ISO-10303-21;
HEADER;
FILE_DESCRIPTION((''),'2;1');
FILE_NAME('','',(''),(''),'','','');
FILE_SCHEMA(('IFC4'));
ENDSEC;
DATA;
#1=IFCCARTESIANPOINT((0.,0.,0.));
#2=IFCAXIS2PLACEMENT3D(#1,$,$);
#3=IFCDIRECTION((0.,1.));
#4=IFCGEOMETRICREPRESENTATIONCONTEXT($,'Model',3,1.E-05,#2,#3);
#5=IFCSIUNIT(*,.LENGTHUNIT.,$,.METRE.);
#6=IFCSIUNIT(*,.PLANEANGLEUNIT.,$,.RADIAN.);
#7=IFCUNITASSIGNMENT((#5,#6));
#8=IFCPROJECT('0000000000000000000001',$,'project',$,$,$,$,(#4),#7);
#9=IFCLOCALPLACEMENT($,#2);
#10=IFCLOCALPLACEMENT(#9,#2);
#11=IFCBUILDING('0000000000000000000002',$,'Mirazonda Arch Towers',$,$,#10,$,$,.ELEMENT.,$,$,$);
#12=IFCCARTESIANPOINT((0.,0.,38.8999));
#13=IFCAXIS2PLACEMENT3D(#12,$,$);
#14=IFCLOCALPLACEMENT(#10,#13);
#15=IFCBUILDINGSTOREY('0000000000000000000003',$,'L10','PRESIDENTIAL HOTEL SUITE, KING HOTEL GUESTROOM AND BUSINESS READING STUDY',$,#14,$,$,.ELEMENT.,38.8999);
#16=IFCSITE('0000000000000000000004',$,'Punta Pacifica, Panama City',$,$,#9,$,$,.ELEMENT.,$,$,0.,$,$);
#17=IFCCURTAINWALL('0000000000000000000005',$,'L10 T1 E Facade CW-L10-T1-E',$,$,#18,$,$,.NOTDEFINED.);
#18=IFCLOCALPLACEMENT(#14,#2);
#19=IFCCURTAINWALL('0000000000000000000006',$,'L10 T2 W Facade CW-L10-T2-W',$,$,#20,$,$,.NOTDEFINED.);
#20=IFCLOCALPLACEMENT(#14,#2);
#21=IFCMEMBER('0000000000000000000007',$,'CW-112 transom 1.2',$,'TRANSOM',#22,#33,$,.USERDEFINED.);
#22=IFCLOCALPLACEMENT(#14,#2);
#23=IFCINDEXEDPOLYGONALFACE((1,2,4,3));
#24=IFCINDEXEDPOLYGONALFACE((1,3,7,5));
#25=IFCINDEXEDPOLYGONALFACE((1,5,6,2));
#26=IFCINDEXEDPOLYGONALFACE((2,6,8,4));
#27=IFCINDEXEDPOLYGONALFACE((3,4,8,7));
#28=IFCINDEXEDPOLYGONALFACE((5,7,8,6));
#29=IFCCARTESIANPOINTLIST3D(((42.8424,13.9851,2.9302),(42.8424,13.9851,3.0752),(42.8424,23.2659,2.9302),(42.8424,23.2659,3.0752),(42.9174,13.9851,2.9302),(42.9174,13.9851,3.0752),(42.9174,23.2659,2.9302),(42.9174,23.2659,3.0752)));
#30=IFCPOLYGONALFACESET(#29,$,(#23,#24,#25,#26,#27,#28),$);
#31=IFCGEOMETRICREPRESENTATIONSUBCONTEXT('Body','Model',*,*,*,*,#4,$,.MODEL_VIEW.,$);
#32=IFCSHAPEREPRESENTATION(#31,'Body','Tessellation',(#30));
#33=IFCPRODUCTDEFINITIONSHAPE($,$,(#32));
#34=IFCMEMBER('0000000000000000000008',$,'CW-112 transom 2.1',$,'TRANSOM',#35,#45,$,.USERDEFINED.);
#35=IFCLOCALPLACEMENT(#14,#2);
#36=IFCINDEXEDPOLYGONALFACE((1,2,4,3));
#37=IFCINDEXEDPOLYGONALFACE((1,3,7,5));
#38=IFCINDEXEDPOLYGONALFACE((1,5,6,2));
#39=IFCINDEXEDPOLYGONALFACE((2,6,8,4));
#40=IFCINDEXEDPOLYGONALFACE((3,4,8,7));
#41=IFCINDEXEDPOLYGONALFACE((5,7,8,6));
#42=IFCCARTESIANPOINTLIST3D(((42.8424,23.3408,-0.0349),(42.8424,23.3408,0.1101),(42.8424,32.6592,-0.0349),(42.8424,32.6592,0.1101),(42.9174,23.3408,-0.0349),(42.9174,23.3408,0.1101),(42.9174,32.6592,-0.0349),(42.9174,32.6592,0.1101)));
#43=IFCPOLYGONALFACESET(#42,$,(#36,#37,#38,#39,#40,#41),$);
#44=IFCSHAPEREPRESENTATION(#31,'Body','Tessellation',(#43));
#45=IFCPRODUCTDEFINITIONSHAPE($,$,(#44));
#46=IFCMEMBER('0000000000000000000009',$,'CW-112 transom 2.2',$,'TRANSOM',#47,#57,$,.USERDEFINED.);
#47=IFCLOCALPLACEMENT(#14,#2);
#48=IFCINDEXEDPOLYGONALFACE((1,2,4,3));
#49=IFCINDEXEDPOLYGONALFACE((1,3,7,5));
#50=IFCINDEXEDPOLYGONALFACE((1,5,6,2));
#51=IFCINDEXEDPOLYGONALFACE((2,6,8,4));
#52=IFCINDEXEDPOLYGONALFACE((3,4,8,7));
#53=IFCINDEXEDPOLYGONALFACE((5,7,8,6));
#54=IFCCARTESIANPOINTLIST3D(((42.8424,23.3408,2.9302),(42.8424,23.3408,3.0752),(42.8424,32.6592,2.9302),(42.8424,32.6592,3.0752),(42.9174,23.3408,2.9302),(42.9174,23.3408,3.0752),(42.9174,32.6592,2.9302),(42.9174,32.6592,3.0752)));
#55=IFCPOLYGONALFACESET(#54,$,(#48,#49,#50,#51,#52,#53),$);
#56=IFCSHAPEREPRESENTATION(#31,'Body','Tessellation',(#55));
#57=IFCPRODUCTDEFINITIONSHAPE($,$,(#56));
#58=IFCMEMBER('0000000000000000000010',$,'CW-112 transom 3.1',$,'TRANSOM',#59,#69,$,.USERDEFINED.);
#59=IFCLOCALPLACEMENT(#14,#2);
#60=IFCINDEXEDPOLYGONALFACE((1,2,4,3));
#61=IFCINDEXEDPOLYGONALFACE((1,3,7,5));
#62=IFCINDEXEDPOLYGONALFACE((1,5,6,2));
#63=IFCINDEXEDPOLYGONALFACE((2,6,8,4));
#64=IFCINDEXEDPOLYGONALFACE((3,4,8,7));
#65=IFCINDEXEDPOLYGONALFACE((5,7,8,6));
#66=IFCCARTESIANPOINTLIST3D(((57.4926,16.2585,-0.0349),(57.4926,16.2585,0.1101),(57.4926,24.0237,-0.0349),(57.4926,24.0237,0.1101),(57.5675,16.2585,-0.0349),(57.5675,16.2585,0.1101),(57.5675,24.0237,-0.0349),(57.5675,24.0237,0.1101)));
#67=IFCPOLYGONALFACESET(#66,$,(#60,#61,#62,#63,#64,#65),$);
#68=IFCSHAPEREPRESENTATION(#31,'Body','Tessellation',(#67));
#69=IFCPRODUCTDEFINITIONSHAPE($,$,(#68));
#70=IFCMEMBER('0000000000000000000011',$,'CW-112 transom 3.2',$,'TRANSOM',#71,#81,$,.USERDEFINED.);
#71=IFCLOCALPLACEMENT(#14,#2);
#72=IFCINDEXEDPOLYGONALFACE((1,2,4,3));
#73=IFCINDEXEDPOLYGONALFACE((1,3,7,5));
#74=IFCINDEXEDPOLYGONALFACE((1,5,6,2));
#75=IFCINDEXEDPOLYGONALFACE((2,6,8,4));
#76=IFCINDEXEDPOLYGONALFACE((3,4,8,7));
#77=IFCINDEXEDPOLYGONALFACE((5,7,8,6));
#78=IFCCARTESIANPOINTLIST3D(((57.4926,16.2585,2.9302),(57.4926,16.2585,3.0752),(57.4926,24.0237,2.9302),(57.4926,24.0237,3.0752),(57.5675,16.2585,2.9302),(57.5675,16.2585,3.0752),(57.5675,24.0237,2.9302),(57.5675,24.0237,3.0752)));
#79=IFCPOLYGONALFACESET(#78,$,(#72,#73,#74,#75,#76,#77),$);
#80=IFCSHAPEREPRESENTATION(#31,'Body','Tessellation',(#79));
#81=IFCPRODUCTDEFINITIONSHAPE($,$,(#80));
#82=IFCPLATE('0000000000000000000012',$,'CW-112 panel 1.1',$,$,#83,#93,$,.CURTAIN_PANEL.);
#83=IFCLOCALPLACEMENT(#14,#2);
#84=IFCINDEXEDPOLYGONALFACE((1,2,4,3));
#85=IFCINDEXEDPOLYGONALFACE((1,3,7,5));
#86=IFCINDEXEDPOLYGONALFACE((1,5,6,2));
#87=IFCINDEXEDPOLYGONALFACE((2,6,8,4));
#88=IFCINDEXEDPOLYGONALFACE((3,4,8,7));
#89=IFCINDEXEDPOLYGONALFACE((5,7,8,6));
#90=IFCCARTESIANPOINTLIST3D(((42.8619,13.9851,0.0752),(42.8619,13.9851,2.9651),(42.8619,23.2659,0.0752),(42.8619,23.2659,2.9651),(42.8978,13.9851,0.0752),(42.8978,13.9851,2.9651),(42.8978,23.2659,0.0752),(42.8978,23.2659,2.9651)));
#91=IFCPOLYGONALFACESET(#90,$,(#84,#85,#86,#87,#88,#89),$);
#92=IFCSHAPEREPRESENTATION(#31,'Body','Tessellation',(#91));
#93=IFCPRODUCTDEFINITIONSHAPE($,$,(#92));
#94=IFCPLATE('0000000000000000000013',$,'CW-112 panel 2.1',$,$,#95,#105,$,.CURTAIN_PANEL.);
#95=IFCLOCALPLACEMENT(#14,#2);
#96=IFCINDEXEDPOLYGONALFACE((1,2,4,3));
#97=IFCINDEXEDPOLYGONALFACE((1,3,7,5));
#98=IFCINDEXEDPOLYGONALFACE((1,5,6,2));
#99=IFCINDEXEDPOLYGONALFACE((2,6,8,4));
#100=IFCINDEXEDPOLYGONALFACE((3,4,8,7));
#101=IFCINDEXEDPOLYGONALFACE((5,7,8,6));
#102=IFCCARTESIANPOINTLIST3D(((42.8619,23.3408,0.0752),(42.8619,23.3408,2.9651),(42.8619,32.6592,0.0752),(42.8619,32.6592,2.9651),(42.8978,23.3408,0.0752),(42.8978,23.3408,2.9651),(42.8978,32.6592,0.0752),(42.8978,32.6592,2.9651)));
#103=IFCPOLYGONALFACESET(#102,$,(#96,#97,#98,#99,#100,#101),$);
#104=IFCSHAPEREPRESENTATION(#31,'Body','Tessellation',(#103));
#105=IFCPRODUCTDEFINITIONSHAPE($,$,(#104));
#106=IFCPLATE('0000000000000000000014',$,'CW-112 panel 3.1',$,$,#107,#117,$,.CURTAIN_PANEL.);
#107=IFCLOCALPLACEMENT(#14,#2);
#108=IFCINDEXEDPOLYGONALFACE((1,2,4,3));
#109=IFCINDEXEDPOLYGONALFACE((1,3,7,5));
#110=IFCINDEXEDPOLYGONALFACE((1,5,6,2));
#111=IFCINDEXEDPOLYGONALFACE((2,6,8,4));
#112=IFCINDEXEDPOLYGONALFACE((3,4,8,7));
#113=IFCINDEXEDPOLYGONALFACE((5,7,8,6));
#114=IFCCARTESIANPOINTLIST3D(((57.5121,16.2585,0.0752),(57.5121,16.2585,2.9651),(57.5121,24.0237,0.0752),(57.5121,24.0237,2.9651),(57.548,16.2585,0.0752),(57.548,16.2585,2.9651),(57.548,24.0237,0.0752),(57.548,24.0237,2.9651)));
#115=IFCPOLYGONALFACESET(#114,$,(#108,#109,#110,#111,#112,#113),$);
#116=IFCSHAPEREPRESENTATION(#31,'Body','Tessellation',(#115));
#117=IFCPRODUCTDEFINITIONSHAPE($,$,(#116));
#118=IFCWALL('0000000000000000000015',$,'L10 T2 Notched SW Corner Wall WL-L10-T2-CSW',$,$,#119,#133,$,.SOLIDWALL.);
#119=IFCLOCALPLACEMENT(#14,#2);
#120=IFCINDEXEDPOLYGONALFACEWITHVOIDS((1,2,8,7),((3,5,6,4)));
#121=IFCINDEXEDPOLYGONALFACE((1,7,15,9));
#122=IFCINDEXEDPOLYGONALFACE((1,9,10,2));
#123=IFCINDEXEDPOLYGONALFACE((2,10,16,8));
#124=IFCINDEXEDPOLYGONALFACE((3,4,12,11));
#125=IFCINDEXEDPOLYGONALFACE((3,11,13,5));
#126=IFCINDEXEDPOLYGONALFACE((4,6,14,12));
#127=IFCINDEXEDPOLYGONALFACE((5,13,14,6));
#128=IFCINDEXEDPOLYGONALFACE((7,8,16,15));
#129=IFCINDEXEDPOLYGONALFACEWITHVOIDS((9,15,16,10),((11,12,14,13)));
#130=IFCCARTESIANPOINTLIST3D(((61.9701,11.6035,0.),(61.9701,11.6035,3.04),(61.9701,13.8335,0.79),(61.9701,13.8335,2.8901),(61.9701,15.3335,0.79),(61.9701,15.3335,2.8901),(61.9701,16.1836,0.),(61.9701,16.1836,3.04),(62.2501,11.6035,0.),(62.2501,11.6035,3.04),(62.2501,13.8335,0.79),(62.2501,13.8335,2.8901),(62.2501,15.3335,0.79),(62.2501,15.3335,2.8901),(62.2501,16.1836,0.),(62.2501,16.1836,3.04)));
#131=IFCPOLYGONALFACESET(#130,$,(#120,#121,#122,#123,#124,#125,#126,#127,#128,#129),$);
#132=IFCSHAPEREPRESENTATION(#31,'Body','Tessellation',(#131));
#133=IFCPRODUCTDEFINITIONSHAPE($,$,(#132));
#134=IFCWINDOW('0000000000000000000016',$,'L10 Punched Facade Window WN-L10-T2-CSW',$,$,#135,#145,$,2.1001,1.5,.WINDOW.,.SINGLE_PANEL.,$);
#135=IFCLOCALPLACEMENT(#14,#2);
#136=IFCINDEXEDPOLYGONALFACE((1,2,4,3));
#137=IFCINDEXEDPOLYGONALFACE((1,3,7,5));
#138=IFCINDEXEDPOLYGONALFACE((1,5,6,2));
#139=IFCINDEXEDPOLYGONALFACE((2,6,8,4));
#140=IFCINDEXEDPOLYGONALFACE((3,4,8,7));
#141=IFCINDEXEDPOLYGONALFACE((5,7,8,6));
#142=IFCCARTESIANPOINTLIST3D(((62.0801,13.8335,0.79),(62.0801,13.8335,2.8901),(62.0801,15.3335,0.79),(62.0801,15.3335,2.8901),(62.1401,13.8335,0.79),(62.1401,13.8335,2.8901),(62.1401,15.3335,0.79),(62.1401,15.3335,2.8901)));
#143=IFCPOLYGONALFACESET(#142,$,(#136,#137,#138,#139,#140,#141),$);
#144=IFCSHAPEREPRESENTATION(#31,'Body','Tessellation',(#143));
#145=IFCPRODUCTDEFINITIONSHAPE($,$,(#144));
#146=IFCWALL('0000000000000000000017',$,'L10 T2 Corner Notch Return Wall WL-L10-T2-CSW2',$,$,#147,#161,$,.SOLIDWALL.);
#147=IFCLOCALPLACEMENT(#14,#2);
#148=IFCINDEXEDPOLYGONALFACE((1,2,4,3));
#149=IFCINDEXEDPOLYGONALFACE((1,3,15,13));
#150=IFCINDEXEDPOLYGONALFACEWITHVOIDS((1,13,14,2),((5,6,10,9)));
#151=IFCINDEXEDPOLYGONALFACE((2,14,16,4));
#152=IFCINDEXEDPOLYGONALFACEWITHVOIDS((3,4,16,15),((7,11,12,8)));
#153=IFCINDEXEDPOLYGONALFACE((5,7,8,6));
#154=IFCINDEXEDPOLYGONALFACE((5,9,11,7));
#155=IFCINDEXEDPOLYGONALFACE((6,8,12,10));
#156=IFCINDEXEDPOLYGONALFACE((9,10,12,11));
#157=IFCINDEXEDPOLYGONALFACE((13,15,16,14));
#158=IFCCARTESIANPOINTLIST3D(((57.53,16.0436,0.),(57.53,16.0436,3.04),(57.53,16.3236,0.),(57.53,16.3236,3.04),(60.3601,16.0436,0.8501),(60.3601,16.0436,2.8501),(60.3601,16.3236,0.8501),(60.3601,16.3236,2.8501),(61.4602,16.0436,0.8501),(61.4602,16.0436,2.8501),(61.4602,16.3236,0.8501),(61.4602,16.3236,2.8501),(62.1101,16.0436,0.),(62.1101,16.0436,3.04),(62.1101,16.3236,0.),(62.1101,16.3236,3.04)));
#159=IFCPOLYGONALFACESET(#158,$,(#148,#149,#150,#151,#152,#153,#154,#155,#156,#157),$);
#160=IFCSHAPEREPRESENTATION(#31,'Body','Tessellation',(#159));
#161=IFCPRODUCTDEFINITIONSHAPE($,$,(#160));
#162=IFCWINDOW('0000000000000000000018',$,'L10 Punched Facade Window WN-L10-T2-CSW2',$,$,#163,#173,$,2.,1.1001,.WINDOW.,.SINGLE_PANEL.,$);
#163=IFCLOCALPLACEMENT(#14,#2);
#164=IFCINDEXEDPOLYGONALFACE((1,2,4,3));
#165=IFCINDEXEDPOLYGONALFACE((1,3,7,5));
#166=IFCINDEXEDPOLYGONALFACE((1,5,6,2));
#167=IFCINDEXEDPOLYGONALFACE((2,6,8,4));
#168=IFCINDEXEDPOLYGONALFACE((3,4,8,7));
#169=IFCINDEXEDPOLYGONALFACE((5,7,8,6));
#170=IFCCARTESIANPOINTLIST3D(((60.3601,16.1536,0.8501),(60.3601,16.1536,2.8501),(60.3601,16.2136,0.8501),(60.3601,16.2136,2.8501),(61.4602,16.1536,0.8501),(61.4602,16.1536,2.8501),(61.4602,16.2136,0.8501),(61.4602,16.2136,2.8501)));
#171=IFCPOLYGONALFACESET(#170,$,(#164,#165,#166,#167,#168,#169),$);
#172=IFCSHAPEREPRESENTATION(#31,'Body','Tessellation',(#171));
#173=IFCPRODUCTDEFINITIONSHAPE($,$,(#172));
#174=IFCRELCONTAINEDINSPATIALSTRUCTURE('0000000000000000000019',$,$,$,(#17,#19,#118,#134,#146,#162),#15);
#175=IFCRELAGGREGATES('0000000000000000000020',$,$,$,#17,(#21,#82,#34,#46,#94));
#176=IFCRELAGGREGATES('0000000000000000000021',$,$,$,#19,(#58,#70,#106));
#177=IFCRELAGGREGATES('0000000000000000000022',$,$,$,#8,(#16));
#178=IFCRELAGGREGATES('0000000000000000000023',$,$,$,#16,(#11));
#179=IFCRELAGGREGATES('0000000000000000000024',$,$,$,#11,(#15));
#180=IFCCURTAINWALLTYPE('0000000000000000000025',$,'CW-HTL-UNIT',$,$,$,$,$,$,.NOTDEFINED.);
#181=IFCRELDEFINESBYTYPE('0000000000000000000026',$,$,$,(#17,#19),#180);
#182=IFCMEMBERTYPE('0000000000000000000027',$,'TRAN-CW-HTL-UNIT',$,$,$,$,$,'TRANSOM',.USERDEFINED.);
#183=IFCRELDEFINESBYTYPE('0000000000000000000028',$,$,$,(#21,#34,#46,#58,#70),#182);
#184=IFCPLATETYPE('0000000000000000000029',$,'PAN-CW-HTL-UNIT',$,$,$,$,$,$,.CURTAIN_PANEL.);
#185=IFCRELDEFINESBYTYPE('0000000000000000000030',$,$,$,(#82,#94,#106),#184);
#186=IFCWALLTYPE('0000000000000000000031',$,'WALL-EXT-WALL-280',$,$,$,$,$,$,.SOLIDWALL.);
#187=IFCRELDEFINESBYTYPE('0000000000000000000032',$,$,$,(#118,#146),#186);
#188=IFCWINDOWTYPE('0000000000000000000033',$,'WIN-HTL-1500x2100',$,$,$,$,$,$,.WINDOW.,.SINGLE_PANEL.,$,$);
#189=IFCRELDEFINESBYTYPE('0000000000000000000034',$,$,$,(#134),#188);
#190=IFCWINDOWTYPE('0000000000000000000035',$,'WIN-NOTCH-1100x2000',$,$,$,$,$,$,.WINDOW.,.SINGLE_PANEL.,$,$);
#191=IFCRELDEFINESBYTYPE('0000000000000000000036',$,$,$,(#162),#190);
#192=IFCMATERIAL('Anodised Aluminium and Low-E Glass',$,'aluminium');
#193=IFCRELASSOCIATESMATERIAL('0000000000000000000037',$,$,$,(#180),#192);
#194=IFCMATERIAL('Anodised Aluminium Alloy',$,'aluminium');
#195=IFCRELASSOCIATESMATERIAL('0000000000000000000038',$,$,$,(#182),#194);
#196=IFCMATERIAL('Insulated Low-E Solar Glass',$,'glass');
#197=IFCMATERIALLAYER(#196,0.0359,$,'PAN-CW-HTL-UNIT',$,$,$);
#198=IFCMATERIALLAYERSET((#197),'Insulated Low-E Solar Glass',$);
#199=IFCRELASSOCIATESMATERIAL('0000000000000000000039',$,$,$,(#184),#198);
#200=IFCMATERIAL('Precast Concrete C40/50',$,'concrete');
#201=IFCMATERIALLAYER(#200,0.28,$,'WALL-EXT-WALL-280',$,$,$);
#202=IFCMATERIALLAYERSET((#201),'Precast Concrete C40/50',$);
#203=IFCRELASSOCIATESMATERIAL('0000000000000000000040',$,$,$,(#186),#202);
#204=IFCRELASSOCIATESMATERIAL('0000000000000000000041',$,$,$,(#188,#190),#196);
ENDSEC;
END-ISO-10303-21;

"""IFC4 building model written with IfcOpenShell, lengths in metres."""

from ifc_helpers import new_model, si_unit, direction, frame, frame_2d, origin, origin_2d, place, context, subcontext, project, spatial, rectangle, extrude, material, layer, layer_set, material_profile, profile_set, type_object, element, fill, aggregate, save


model = new_model("IFC4")

# Units and contexts
model_context = context("Model", 3, precision=1e-05, world=origin(), true_north=direction((0.0, 1.0)))
body_context = subcontext(model_context, "Body", "Model", "MODEL_VIEW")
ifc_project = project(units=[si_unit("LENGTHUNIT", "METRE"), si_unit("PLANEANGLEUNIT", "RADIAN")], contexts=[model_context])

# Site, building, storey
site_placement = place(None, origin())
site = spatial("IfcSite", under=ifc_project, at=site_placement, Name="Punta Pacifica, Panama City", CompositionType="ELEMENT", RefElevation=0.0)
building_placement = place(site_placement, origin())
building = spatial("IfcBuilding", under=site, at=building_placement, Name="Mirazonda Arch Towers", CompositionType="ELEMENT")
storey_placement = place(building_placement, frame((0.0, 0.0, 38.8999)))
storey = spatial("IfcBuildingStorey", under=building, at=storey_placement, Name="L10", Description="PRESIDENTIAL HOTEL SUITE, KING HOTEL GUESTROOM AND BUSINESS READING STUDY", CompositionType="ELEMENT", Elevation=38.8999)

# Curtain wall
ifc_material_1 = material(Name="Anodised Aluminium and Low-E Glass", Category="aluminium")
curtain_wall_type = type_object("IfcCurtainWallType", Name="CW-HTL-UNIT", PredefinedType="NOTDEFINED", material=ifc_material_1)
curtain_wall_1_placement = place(storey_placement, origin())
curtain_wall_1 = element("IfcCurtainWall", 1, at=curtain_wall_1_placement, inside=storey, type_object=curtain_wall_type, Name="L10 T1 E Facade CW-L10-T1-E", PredefinedType="NOTDEFINED")
ifc_material_2 = material(Name="Anodised Aluminium Alloy", Category="aluminium")

# Curtain wall
curtain_wall_2_placement = place(storey_placement, origin())
curtain_wall_2 = element("IfcCurtainWall", 2, at=curtain_wall_2_placement, inside=storey, type_object=curtain_wall_type, Name="L10 T2 W Facade CW-L10-T2-W", PredefinedType="NOTDEFINED")

# Members
ifc_material_profile_1 = material_profile(ifc_material_2, rectangle(XDim=0.075, YDim=0.145, at=origin_2d()), Name="ALU-TRAN-75x145")
ifc_profile_set_1 = profile_set([ifc_material_profile_1], Name="Anodised Aluminium Alloy")
member_type_1 = type_object("IfcMemberType", Name="TRAN-CW-HTL-UNIT", ElementType="TRANSOM", PredefinedType="USERDEFINED", material=ifc_profile_set_1)
member_1_placement = place(storey_placement, frame((42.8799, 13.9851, 3.0027), z_axis=(0.0, 1.0, 0.0), x_axis=(-1.0, 0.0, 0.0)))
member_1 = element("IfcMember", 3, at=member_1_placement, type_object=member_type_1, Name="CW-112 transom 1.2", ObjectType="TRANSOM", PredefinedType="USERDEFINED", context=body_context, shape_type="SweptSolid", body=[
    extrude(rectangle(XDim=0.075, YDim=0.145, at=origin_2d()), origin(), (0.0, 0.0, 1.0), 9.2808),
])
member_2_placement = place(storey_placement, frame((42.8799, 23.3408, 0.0376), z_axis=(0.0, 1.0, 0.0), x_axis=(-1.0, 0.0, 0.0)))
member_2 = element("IfcMember", 4, at=member_2_placement, type_object=member_type_1, Name="CW-112 transom 2.1", ObjectType="TRANSOM", PredefinedType="USERDEFINED", context=body_context, shape_type="SweptSolid", body=[
    extrude(rectangle(XDim=0.075, YDim=0.145, at=origin_2d()), origin(), (0.0, 0.0, 1.0), 9.3184),
])
member_3_placement = place(storey_placement, frame((42.8799, 23.3408, 3.0027), z_axis=(0.0, 1.0, 0.0), x_axis=(-1.0, 0.0, 0.0)))
member_3 = element("IfcMember", 5, at=member_3_placement, type_object=member_type_1, Name="CW-112 transom 2.2", ObjectType="TRANSOM", PredefinedType="USERDEFINED", context=body_context, shape_type="SweptSolid", body=[
    extrude(rectangle(XDim=0.075, YDim=0.145, at=origin_2d()), origin(), (0.0, 0.0, 1.0), 9.3184),
])
member_4_placement = place(storey_placement, frame((57.53, 24.0237, 0.0376), z_axis=(0.0, -1.0, 0.0), x_axis=(1.0, 0.0, 0.0)))
member_4 = element("IfcMember", 6, at=member_4_placement, type_object=member_type_1, Name="CW-112 transom 3.1", ObjectType="TRANSOM", PredefinedType="USERDEFINED", context=body_context, shape_type="SweptSolid", body=[
    extrude(rectangle(XDim=0.075, YDim=0.145, at=origin_2d()), origin(), (0.0, 0.0, 1.0), 7.7651),
])
member_5_placement = place(storey_placement, frame((57.53, 24.0237, 3.0027), z_axis=(0.0, -1.0, 0.0), x_axis=(1.0, 0.0, 0.0)))
member_5 = element("IfcMember", 7, at=member_5_placement, type_object=member_type_1, Name="CW-112 transom 3.2", ObjectType="TRANSOM", PredefinedType="USERDEFINED", context=body_context, shape_type="SweptSolid", body=[
    extrude(rectangle(XDim=0.075, YDim=0.145, at=origin_2d()), origin(), (0.0, 0.0, 1.0), 7.7651),
])

# Plates
ifc_material_3 = material(Name="Insulated Low-E Solar Glass", Category="glass")
ifc_layer_1 = layer(ifc_material_3, 0.0359, Name="PAN-CW-HTL-UNIT")
ifc_layer_set_1 = layer_set([ifc_layer_1], Name="Insulated Low-E Solar Glass")
plate_type = type_object("IfcPlateType", Name="PAN-CW-HTL-UNIT", PredefinedType="CURTAIN_PANEL", material=ifc_layer_set_1)
plate_1_placement = place(storey_placement, frame((42.8799, 18.6255, 0.0752), z_axis=(0.0, 0.0, 1.0), x_axis=(0.0, 1.0, 0.0)))
plate_1 = element("IfcPlate", 8, at=plate_1_placement, type_object=plate_type, Name="CW-112 panel 1.1", PredefinedType="CURTAIN_PANEL", context=body_context, shape_type="SweptSolid", body=[
    extrude(rectangle(XDim=9.2808, YDim=0.0359, at=origin_2d()), origin(), (0.0, 0.0, 1.0), 2.8899),
])
plate_2_placement = place(storey_placement, frame((42.8799, 28.0, 0.0752), z_axis=(0.0, 0.0, 1.0), x_axis=(0.0, 1.0, 0.0)))
plate_2 = element("IfcPlate", 9, at=plate_2_placement, type_object=plate_type, Name="CW-112 panel 2.1", PredefinedType="CURTAIN_PANEL", context=body_context, shape_type="SweptSolid", body=[
    extrude(rectangle(XDim=9.3184, YDim=0.0359, at=origin_2d()), origin(), (0.0, 0.0, 1.0), 2.8899),
])
aggregate(curtain_wall_1, [member_1, plate_1, member_2, member_3, plate_2])
plate_3_placement = place(storey_placement, frame((57.53, 20.1411, 0.0752), z_axis=(0.0, 0.0, 1.0), x_axis=(0.0, -1.0, 0.0)))
plate_3 = element("IfcPlate", 10, at=plate_3_placement, type_object=plate_type, Name="CW-112 panel 3.1", PredefinedType="CURTAIN_PANEL", context=body_context, shape_type="SweptSolid", body=[
    extrude(rectangle(XDim=7.7651, YDim=0.0359, at=origin_2d()), origin(), (0.0, 0.0, 1.0), 2.8899),
])
aggregate(curtain_wall_2, [member_4, member_5, plate_3])

# Walls, openings, windows
ifc_material_4 = material(Name="Precast Concrete C40/50", Category="concrete")
ifc_layer_2 = layer(ifc_material_4, 0.28, Name="WALL-EXT-WALL-280")
ifc_layer_set_2 = layer_set([ifc_layer_2], Name="Precast Concrete C40/50")
wall_type_1 = type_object("IfcWallType", Name="WALL-EXT-WALL-280", PredefinedType="SOLIDWALL", material=ifc_layer_set_2)
wall_1_placement = place(storey_placement, frame((62.1101, 16.1836, 0.0), z_axis=(0.0, 0.0, 1.0), x_axis=(0.0, -1.0, 0.0)))
wall_1 = element("IfcWall", 11, at=wall_1_placement, inside=storey, type_object=wall_type_1, Name="L10 T2 Notched SW Corner Wall WL-L10-T2-CSW", PredefinedType="SOLIDWALL", context=body_context, shape_type="SweptSolid", body=[
    extrude(rectangle(XDim=4.5801, YDim=0.28, at=frame_2d((2.29, 0.0))), origin(), (0.0, 0.0, 1.0), 3.04),
])
opening_1_placement = place(wall_1_placement, frame((0.8501, 0.0, 0.79)))
opening_1 = element("IfcOpeningElement", 12, at=opening_1_placement, cuts=wall_1, PredefinedType="OPENING", context=body_context, shape_type="SweptSolid", body=[
    extrude(rectangle(XDim=1.5, YDim=2.1001, at=frame_2d((0.75, 1.05))), frame((0.0, 0.1499, 0.0), z_axis=(0.0, -1.0, 0.0), x_axis=(1.0, 0.0, 0.0)), (0.0, 0.0, 1.0), 0.3),
])
window_type_1 = type_object("IfcWindowType", Name="WIN-HTL-1500x2100", PartitioningType="SINGLE_PANEL", PredefinedType="WINDOW", material=ifc_material_3)
window_1_placement = place(opening_1_placement, origin())
window_1 = element("IfcWindow", 13, at=window_1_placement, inside=storey, type_object=window_type_1, Name="L10 Punched Facade Window WN-L10-T2-CSW", OverallHeight=2.1001, OverallWidth=1.5, PartitioningType="SINGLE_PANEL", PredefinedType="WINDOW", context=body_context, shape_type="SweptSolid", body=[
    extrude(rectangle(XDim=1.5, YDim=2.1001, at=frame_2d((0.75, 1.05))), frame((0.0, 0.03, 0.0), z_axis=(0.0, -1.0, 0.0), x_axis=(1.0, 0.0, 0.0)), (0.0, 0.0, 1.0), 0.0601),
])
fill(opening_1, window_1)
wall_2_placement = place(storey_placement, frame((57.53, 16.1836, 0.0), z_axis=(0.0, 0.0, 1.0), x_axis=(1.0, 0.0, 0.0)))
wall_2 = element("IfcWall", 14, at=wall_2_placement, inside=storey, type_object=wall_type_1, Name="L10 T2 Corner Notch Return Wall WL-L10-T2-CSW2", PredefinedType="SOLIDWALL", context=body_context, shape_type="SweptSolid", body=[
    extrude(rectangle(XDim=4.5801, YDim=0.28, at=frame_2d((2.29, 0.0))), origin(), (0.0, 0.0, 1.0), 3.04),
])
opening_2_placement = place(wall_2_placement, frame((2.8301, 0.0, 0.8501)))
opening_2 = element("IfcOpeningElement", 15, at=opening_2_placement, cuts=wall_2, PredefinedType="OPENING", context=body_context, shape_type="SweptSolid", body=[
    extrude(rectangle(XDim=1.1001, YDim=2.0, at=frame_2d((0.55, 1.0))), frame((0.0, 0.1499, 0.0), z_axis=(0.0, -1.0, 0.0), x_axis=(1.0, 0.0, 0.0)), (0.0, 0.0, 1.0), 0.3),
])
window_type_2 = type_object("IfcWindowType", Name="WIN-NOTCH-1100x2000", PartitioningType="SINGLE_PANEL", PredefinedType="WINDOW", material=ifc_material_3)
window_2_placement = place(opening_2_placement, origin())
window_2 = element("IfcWindow", 16, at=window_2_placement, inside=storey, type_object=window_type_2, Name="L10 Punched Facade Window WN-L10-T2-CSW2", OverallHeight=2.0, OverallWidth=1.1001, PartitioningType="SINGLE_PANEL", PredefinedType="WINDOW", context=body_context, shape_type="SweptSolid", body=[
    extrude(rectangle(XDim=1.1001, YDim=2.0, at=frame_2d((0.55, 1.0))), frame((0.0, 0.03, 0.0), z_axis=(0.0, -1.0, 0.0), x_axis=(1.0, 0.0, 0.0)), (0.0, 0.0, 1.0), 0.0601),
])
fill(opening_2, window_2)

save(model, "model.ifc")
